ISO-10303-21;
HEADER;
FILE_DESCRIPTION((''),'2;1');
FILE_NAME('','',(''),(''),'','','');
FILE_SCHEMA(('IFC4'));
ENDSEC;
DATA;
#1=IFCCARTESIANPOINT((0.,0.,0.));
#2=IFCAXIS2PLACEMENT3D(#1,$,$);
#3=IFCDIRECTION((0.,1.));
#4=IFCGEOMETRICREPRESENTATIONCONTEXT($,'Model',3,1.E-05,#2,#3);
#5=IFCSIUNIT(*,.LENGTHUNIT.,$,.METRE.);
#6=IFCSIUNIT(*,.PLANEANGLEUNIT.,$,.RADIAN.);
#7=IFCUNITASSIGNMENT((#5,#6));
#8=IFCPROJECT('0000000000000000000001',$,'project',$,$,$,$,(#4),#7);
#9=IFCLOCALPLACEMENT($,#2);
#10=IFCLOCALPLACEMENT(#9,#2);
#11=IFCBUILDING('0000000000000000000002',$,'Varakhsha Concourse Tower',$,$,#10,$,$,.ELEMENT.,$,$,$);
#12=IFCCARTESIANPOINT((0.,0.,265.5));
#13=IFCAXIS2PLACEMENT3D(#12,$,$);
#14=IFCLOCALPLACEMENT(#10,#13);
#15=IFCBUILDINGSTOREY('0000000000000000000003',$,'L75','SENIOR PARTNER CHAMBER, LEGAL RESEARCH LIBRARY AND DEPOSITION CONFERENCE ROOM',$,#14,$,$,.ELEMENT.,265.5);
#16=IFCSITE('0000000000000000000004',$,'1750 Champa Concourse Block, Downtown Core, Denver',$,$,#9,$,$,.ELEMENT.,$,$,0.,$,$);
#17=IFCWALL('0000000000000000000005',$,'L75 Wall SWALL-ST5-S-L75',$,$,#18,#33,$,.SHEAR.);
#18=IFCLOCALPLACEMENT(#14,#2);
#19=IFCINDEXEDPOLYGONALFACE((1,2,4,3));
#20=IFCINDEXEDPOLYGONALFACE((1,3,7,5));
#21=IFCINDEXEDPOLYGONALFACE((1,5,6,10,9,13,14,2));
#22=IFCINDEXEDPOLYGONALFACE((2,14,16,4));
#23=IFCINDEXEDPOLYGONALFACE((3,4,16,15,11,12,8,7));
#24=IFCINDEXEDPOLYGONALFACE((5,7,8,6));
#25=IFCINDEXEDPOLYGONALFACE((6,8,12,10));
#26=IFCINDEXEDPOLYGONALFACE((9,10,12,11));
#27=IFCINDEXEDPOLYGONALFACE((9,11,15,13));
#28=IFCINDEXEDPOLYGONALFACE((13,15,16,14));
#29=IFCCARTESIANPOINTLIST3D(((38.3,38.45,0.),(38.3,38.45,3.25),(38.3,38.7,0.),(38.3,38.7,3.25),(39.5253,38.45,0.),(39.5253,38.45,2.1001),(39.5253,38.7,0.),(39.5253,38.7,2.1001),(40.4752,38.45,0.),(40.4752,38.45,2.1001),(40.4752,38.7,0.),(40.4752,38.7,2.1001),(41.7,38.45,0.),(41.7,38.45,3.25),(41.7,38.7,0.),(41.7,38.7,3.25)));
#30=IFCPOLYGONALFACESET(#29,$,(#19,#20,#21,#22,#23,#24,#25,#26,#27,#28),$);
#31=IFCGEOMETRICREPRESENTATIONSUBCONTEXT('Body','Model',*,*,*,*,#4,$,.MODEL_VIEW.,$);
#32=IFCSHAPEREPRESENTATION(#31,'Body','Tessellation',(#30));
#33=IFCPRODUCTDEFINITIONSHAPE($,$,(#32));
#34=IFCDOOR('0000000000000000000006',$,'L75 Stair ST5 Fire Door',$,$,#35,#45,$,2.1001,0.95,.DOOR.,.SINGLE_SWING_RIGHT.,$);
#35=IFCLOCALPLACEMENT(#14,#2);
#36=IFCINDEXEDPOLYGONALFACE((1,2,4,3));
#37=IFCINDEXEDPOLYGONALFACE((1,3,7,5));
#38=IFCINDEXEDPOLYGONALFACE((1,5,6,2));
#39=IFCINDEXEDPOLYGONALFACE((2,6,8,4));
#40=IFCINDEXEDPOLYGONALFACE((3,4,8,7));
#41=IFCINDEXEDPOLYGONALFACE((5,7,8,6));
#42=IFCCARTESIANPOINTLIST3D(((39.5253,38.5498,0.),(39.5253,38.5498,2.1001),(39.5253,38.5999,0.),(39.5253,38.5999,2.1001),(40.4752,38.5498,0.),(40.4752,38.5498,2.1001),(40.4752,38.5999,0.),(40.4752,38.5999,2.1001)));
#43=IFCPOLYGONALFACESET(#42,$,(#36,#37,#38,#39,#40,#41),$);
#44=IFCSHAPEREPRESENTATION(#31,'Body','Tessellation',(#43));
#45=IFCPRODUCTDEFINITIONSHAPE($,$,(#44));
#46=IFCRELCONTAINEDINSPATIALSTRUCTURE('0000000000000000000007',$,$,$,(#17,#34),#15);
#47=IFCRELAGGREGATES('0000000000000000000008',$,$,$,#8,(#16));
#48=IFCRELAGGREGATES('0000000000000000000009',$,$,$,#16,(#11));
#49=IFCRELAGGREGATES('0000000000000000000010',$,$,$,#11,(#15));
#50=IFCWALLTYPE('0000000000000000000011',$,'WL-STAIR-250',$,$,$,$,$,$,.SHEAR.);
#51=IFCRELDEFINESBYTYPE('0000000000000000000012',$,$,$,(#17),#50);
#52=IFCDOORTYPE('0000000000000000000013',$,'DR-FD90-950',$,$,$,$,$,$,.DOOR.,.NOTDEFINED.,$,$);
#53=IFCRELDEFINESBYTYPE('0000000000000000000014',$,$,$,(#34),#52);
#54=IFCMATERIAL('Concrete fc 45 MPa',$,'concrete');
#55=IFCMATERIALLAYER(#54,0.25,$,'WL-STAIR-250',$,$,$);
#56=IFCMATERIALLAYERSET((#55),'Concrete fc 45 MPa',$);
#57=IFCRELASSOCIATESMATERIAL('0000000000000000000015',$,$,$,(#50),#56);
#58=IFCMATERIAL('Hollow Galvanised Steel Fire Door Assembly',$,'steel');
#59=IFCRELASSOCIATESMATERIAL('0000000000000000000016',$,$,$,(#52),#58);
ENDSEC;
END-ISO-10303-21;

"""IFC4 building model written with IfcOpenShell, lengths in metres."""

from ifc_helpers import new_model, si_unit, direction, frame, frame_2d, origin, place, context, subcontext, project, spatial, rectangle, extrude, material, layer, layer_set, type_object, element, fill, save


model = new_model("IFC4")

# Units and contexts
model_context = context("Model", 3, precision=1e-05, world=origin(), true_north=direction((0.0, 1.0)))
body_context = subcontext(model_context, "Body", "Model", "MODEL_VIEW")
ifc_project = project(units=[si_unit("LENGTHUNIT", "METRE"), si_unit("PLANEANGLEUNIT", "RADIAN")], contexts=[model_context])

# Site, building, storey
site_placement = place(None, origin())
site = spatial("IfcSite", under=ifc_project, at=site_placement, Name="1750 Champa Concourse Block, Downtown Core, Denver", CompositionType="ELEMENT", RefElevation=0.0)
building_placement = place(site_placement, origin())
building = spatial("IfcBuilding", under=site, at=building_placement, Name="Varakhsha Concourse Tower", CompositionType="ELEMENT")
storey_placement = place(building_placement, frame((0.0, 0.0, 265.5)))
storey = spatial("IfcBuildingStorey", under=building, at=storey_placement, Name="L75", Description="SENIOR PARTNER CHAMBER, LEGAL RESEARCH LIBRARY AND DEPOSITION CONFERENCE ROOM", CompositionType="ELEMENT", Elevation=265.5)

# Shared definitions
ifc_material_1 = material(Name="Hollow Galvanised Steel Fire Door Assembly", Category="steel")

# Shared definitions
ifc_material_2 = material(Name="Concrete fc 45 MPa", Category="concrete")
ifc_layer_1 = layer(ifc_material_2, 0.25, Name="WL-STAIR-250")
ifc_layer_set_1 = layer_set([ifc_layer_1], Name="Concrete fc 45 MPa")
wall_type_1 = type_object("IfcWallType", Name="WL-STAIR-250", PredefinedType="SHEAR", material=ifc_layer_set_1)

# Wall, opening, door
wall_1_placement = place(storey_placement, frame((38.3, 38.575, 0.0), z_axis=(0.0, 0.0, 1.0), x_axis=(1.0, 0.0, 0.0)))
wall_1 = element("IfcWall", 1, at=wall_1_placement, inside=storey, type_object=wall_type_1, Name="L75 Wall SWALL-ST5-S-L75", PredefinedType="SHEAR", context=body_context, shape_type="SweptSolid", body=[
    extrude(rectangle(XDim=3.3999, YDim=0.25, at=frame_2d((1.7, 0.0))), origin(), (0.0, 0.0, 1.0), 3.25),
])
opening_1_placement = place(wall_1_placement, frame((1.2251, 0.0, 0.0)))
opening_1 = element("IfcOpeningElement", 2, at=opening_1_placement, cuts=wall_1, PredefinedType="OPENING", context=body_context, shape_type="SweptSolid", body=[
    extrude(rectangle(XDim=0.95, YDim=2.1001, at=frame_2d((0.4751, 1.05))), frame((0.0, 0.135, 0.0), z_axis=(0.0, -1.0, 0.0), x_axis=(1.0, 0.0, 0.0)), (0.0, 0.0, 1.0), 0.27),
])
door_type_1 = type_object("IfcDoorType", Name="DR-FD90-950", OperationType="NOTDEFINED", PredefinedType="DOOR", material=ifc_material_1)
door_1_placement = place(opening_1_placement, origin())
door_1 = element("IfcDoor", 3, at=door_1_placement, inside=storey, type_object=door_type_1, Name="L75 Stair ST5 Fire Door", OperationType="SINGLE_SWING_RIGHT", OverallHeight=2.1001, OverallWidth=0.95, PredefinedType="DOOR", context=body_context, shape_type="SweptSolid", body=[
    extrude(rectangle(XDim=0.95, YDim=2.1001, at=frame_2d((0.4751, 1.05))), frame((0.0, 0.0249, 0.0), z_axis=(0.0, -1.0, 0.0), x_axis=(1.0, 0.0, 0.0)), (0.0, 0.0, 1.0), 0.05),
])
fill(opening_1, door_1)

save(model, "model.ifc")
